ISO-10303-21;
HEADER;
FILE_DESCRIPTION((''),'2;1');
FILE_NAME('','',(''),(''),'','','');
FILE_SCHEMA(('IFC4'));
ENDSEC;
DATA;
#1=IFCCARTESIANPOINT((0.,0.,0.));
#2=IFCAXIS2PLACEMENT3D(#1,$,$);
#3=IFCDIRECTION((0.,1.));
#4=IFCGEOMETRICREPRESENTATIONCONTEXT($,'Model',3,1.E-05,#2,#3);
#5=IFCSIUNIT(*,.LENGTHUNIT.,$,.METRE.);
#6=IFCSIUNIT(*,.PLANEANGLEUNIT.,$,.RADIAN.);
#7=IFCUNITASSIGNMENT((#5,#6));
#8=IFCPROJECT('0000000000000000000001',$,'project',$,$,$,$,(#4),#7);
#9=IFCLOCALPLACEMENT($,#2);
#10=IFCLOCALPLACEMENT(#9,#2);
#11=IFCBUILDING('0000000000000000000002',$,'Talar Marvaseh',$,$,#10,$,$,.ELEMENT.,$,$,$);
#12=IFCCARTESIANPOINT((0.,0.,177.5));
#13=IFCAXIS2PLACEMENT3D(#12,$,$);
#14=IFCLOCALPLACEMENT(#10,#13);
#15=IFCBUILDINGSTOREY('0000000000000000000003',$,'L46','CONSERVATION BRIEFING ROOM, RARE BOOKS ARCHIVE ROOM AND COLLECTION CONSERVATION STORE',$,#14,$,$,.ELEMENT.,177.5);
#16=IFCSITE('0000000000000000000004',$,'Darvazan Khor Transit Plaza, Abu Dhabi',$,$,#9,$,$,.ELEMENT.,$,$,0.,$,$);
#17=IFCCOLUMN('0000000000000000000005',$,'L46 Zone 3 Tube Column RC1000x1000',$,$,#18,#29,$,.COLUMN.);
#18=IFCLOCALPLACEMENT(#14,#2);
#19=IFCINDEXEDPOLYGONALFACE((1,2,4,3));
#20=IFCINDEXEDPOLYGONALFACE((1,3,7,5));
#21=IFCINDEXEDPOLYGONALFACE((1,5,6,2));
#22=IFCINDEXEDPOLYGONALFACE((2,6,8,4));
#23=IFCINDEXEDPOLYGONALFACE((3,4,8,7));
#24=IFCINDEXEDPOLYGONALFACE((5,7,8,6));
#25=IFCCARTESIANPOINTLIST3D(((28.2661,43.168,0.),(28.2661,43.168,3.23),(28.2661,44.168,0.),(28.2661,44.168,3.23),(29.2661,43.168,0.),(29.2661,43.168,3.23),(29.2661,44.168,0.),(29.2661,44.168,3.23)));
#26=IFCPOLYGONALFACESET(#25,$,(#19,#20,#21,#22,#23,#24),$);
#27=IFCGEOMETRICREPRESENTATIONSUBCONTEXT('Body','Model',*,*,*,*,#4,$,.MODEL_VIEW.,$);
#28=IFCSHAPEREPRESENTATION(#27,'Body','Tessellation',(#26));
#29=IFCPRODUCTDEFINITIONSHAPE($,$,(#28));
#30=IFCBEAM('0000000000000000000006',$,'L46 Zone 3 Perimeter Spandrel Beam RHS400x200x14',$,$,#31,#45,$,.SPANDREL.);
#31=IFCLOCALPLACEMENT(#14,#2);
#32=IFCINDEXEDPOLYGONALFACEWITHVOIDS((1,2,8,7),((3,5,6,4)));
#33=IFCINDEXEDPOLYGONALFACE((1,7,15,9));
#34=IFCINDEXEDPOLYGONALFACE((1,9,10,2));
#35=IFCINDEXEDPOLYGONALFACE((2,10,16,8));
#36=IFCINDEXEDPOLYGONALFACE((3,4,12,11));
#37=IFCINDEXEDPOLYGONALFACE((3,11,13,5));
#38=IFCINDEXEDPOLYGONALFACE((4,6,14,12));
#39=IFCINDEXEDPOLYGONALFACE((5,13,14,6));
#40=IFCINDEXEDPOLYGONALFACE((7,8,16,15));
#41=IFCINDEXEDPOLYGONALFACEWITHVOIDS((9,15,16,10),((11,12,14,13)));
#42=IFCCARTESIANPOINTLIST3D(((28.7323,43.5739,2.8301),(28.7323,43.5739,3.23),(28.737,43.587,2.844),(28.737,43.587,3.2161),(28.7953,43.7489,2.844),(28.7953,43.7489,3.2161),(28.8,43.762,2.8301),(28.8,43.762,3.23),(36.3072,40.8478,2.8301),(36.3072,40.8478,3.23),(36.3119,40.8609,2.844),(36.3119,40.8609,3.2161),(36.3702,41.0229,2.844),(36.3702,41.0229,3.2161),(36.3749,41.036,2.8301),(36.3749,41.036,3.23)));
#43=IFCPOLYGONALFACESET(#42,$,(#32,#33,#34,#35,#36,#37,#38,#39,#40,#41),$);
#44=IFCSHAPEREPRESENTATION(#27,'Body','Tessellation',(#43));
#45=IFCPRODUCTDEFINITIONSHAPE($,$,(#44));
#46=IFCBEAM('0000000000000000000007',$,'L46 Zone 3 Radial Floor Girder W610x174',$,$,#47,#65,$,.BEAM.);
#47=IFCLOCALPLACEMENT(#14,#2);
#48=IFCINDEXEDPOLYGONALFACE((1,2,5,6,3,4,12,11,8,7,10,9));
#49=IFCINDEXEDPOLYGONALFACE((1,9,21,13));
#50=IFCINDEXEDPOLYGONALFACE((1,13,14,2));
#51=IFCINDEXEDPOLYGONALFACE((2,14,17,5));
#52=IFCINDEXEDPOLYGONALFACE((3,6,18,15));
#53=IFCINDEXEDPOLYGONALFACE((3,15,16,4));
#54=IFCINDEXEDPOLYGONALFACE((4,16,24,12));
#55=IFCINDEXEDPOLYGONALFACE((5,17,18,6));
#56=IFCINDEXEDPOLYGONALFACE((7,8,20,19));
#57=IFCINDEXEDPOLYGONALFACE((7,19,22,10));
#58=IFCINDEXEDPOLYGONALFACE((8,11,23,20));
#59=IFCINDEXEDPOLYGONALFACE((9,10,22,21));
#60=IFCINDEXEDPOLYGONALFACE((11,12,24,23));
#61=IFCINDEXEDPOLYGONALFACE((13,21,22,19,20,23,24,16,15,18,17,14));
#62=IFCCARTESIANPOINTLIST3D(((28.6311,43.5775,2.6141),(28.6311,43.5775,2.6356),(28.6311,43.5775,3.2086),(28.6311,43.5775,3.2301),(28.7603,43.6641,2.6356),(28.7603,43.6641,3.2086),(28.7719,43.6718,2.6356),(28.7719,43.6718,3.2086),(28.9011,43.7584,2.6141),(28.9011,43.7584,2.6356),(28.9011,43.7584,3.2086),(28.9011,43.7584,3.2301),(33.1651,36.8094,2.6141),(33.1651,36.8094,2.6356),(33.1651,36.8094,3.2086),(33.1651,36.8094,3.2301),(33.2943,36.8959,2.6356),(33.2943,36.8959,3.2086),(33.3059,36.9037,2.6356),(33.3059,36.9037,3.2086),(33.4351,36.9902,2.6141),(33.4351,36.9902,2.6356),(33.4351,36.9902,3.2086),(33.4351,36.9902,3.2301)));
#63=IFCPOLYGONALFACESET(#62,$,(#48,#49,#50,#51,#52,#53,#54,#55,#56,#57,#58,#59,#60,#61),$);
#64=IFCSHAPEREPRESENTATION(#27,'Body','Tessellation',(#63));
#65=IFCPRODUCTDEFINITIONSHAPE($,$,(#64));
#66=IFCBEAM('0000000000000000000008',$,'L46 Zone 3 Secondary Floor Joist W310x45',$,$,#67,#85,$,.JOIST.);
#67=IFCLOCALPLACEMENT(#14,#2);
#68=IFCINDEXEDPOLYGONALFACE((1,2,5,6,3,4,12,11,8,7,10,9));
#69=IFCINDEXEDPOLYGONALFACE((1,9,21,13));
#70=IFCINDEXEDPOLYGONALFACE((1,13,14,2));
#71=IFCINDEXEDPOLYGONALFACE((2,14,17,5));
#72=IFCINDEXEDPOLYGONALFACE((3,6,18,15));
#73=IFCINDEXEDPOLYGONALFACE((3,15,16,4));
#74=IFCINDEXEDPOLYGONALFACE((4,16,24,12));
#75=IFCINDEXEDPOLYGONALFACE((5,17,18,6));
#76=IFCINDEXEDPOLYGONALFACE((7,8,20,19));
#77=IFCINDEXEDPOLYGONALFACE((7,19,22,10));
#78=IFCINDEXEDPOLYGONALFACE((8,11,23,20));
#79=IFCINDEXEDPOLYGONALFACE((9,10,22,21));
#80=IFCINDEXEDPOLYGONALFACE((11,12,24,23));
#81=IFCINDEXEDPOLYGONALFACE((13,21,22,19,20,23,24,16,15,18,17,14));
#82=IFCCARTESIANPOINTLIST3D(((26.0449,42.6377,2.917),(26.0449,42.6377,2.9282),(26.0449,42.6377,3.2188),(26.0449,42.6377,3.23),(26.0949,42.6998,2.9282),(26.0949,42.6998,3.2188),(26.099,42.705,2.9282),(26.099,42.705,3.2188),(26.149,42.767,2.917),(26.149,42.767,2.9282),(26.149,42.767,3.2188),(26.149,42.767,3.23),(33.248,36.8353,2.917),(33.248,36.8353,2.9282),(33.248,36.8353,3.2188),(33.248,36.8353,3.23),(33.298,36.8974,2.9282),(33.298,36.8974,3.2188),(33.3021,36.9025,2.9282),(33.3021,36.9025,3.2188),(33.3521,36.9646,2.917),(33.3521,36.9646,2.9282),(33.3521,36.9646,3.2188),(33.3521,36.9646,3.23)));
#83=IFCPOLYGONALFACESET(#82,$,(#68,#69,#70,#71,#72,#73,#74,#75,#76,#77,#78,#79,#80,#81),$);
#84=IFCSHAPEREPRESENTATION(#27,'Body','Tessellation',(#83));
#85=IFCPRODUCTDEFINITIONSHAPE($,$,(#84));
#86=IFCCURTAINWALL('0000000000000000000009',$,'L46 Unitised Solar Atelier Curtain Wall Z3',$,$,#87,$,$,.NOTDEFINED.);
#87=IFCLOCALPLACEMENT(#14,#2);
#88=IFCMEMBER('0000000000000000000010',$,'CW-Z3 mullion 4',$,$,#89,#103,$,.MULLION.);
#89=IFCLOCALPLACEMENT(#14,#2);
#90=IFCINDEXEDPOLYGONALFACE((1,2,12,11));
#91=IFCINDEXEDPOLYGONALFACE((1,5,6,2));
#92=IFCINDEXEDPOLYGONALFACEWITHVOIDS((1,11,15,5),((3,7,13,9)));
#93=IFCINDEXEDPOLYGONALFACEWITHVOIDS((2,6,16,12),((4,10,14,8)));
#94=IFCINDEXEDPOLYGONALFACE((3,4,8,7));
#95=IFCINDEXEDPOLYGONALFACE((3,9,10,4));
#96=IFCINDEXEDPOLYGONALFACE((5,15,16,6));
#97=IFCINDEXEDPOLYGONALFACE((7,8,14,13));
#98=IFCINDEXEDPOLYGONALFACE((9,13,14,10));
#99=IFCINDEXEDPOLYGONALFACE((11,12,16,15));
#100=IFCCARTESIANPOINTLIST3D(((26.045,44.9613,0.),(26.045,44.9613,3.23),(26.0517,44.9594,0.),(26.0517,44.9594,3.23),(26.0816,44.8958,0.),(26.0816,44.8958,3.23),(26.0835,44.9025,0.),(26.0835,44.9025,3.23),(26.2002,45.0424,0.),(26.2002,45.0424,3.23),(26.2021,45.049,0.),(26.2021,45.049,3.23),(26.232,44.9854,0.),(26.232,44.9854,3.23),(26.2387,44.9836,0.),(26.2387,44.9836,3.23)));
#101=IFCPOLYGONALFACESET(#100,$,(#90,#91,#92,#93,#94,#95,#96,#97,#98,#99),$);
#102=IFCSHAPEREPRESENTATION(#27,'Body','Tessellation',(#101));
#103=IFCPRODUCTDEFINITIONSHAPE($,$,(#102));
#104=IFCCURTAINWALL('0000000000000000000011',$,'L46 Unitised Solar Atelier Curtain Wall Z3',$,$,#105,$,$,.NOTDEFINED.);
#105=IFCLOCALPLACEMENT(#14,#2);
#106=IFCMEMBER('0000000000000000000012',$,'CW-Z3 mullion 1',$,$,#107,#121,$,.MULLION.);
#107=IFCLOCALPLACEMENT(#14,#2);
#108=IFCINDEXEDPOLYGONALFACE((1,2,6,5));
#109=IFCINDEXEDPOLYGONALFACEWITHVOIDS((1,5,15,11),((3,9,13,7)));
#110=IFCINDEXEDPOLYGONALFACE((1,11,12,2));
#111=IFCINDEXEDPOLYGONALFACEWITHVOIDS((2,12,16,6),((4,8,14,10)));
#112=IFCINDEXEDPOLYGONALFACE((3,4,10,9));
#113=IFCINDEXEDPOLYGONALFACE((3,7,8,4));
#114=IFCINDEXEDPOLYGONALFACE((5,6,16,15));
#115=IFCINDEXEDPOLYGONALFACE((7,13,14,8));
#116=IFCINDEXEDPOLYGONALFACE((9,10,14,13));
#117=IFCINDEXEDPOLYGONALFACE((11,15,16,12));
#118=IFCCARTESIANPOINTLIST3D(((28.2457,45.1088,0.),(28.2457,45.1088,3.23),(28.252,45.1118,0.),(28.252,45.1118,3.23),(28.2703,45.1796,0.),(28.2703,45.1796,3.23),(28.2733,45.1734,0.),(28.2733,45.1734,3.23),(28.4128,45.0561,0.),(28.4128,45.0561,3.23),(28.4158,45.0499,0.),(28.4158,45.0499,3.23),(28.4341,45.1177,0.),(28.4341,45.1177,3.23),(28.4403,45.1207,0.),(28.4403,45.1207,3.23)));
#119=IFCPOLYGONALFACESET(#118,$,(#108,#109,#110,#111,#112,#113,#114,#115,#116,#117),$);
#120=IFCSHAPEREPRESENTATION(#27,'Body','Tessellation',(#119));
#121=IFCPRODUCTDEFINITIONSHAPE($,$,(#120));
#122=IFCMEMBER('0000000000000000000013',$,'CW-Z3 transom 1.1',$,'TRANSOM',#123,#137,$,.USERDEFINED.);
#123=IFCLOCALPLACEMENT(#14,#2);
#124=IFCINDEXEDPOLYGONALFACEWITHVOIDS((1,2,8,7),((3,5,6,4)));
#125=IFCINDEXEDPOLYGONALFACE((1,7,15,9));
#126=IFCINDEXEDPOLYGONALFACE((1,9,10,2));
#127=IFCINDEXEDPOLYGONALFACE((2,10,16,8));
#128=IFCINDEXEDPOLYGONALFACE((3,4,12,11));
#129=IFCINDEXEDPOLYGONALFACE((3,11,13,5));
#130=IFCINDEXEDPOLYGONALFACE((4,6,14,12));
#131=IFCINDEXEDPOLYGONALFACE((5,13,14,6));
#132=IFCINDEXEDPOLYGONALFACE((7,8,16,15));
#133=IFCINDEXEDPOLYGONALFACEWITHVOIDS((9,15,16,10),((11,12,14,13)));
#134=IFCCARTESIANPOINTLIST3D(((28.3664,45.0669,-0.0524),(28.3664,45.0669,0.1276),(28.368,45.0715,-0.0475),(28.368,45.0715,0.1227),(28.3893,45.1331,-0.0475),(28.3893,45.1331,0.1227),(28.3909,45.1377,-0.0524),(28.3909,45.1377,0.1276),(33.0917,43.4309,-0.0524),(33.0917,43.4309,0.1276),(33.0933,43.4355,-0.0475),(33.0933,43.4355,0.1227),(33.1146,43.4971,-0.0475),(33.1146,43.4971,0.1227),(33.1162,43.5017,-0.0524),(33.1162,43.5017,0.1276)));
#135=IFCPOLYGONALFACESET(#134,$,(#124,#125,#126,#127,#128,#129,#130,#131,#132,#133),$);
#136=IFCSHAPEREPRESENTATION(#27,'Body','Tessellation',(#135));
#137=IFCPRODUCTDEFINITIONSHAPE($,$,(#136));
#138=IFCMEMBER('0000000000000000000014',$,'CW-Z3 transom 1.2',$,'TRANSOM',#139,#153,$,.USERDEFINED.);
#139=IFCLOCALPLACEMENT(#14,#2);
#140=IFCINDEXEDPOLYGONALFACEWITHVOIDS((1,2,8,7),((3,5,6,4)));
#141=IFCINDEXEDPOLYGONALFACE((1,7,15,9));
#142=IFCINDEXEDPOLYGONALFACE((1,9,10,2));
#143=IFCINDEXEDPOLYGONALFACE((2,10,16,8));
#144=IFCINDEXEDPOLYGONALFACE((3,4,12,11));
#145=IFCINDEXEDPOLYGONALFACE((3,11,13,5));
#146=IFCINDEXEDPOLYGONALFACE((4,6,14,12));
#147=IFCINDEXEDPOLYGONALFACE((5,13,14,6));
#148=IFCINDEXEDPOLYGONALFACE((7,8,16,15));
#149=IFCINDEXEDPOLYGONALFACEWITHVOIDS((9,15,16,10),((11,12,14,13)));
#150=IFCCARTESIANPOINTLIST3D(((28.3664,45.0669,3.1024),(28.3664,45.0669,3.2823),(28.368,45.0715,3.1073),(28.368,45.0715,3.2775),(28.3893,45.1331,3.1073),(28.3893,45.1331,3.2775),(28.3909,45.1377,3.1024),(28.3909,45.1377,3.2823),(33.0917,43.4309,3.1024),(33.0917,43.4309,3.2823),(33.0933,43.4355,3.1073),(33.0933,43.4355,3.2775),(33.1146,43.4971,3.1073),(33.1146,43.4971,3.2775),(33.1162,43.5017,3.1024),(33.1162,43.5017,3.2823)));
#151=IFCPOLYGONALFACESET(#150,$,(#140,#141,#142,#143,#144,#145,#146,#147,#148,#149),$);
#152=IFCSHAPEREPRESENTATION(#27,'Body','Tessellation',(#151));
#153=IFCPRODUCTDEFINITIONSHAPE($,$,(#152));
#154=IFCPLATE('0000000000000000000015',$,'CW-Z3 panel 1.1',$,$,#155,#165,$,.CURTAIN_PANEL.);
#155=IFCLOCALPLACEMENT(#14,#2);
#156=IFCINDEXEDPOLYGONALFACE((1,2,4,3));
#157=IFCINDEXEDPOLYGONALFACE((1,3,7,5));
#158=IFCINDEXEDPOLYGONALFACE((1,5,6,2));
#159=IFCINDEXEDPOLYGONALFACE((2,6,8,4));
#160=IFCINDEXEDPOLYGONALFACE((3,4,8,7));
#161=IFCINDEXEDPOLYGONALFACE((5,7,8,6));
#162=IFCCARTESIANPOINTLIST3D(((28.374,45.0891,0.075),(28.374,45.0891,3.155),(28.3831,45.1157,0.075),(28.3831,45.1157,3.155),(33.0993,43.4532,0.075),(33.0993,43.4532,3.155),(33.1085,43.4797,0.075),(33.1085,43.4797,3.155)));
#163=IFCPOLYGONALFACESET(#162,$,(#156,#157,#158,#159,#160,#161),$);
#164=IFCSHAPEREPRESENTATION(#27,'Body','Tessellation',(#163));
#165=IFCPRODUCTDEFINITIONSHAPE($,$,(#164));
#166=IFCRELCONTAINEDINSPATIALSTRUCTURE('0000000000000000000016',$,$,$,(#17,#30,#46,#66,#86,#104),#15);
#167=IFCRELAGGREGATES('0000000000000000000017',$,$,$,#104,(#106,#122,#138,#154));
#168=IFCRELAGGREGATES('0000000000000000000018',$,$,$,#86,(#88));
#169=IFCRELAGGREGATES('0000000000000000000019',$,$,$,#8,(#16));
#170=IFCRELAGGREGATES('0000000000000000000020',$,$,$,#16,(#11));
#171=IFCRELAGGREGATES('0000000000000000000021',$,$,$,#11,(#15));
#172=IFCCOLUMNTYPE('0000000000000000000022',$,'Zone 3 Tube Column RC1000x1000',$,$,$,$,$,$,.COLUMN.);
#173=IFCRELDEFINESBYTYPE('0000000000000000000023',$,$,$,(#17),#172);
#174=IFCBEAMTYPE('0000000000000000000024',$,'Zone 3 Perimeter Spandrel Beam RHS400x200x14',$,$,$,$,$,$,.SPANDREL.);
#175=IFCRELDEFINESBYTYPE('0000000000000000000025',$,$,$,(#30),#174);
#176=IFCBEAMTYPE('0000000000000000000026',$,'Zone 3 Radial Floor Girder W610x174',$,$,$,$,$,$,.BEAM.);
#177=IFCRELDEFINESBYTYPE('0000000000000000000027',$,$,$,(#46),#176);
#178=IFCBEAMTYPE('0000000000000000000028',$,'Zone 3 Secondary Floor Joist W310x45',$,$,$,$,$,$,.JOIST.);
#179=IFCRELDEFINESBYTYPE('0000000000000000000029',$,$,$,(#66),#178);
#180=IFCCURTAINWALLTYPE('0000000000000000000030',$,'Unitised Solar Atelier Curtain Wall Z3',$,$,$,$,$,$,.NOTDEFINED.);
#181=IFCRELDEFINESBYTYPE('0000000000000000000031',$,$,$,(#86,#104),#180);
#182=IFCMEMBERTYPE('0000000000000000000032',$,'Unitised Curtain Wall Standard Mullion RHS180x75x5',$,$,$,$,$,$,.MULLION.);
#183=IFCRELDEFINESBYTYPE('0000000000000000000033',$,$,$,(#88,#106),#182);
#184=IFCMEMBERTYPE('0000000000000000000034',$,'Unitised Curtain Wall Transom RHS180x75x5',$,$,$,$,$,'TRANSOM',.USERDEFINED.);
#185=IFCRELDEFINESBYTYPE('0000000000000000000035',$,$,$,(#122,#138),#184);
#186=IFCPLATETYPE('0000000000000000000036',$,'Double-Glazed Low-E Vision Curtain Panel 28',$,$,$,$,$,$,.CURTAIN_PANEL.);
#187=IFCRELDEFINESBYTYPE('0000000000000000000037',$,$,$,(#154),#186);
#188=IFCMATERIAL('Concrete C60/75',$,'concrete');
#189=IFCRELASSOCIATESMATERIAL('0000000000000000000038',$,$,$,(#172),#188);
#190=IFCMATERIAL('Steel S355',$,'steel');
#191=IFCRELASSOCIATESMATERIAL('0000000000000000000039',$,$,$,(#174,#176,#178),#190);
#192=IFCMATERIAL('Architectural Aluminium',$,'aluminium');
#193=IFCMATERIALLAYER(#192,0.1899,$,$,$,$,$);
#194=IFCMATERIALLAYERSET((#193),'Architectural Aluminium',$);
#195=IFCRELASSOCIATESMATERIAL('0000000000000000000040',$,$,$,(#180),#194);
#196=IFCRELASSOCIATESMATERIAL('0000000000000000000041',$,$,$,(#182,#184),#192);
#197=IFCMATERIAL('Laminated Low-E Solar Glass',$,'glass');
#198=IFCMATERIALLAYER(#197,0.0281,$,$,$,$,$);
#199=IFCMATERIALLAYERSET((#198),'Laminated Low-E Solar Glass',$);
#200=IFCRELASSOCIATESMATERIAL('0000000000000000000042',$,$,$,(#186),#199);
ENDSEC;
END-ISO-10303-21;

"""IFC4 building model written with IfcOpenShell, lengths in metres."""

from ifc_helpers import new_model, si_unit, direction, frame, origin, origin_2d, place, context, subcontext, project, spatial, rectangle, hollow_rectangle, i_section, extrude, source, transform, mapped, material, layer, layer_set, material_profile, profile_set, type_object, type_shapes, element, aggregate, save


model = new_model("IFC4")

# Units and contexts
model_context = context("Model", 3, precision=1e-05, world=origin(), true_north=direction((0.0, 1.0)))
body_context = subcontext(model_context, "Body", "Model", "MODEL_VIEW")
ifc_project = project(units=[si_unit("LENGTHUNIT", "METRE"), si_unit("PLANEANGLEUNIT", "RADIAN")], contexts=[model_context])

# Site, building, storey
site_placement = place(None, origin())
site = spatial("IfcSite", under=ifc_project, at=site_placement, Name="Darvazan Khor Transit Plaza, Abu Dhabi", CompositionType="ELEMENT", RefElevation=0.0)
building_placement = place(site_placement, origin())
building = spatial("IfcBuilding", under=site, at=building_placement, Name="Talar Marvaseh", CompositionType="ELEMENT")
storey_placement = place(building_placement, frame((0.0, 0.0, 177.5)))
storey = spatial("IfcBuildingStorey", under=building, at=storey_placement, Name="L46", Description="CONSERVATION BRIEFING ROOM, RARE BOOKS ARCHIVE ROOM AND COLLECTION CONSERVATION STORE", CompositionType="ELEMENT", Elevation=177.5)

# Column
ifc_material_1 = material(Name="Concrete C60/75", Category="concrete")
ifc_material_profile_1 = material_profile(ifc_material_1, rectangle(XDim=1.0, YDim=1.0, at=origin_2d()), Name="RC1000x1000")
ifc_profile_set_1 = profile_set([ifc_material_profile_1], Name="Concrete C60/75")
column_type = type_object("IfcColumnType", Name="Zone 3 Tube Column RC1000x1000", PredefinedType="COLUMN", material=ifc_profile_set_1)
column_placement = place(storey_placement, frame((28.7661, 43.668, 0.0), z_axis=(0.0, 0.0, 1.0), x_axis=(1.0, 0.0, 0.0)))
element("IfcColumn", 1, at=column_placement, inside=storey, type_object=column_type, Name="L46 Zone 3 Tube Column RC1000x1000", PredefinedType="COLUMN", context=body_context, shape_type="SweptSolid", body=[
    extrude(rectangle(XDim=1.0, YDim=1.0, at=origin_2d()), origin(), (0.0, 0.0, 1.0), 3.23),
])

# Beams
ifc_material_2 = material(Name="Steel S355", Category="steel")
ifc_material_profile_2 = material_profile(ifc_material_2, hollow_rectangle(XDim=0.2, YDim=0.3999, WallThickness=0.0139, at=origin_2d()), Name="RHS400x200x14")
ifc_profile_set_2 = profile_set([ifc_material_profile_2], Name="Steel S355")
beam_type_1 = type_object("IfcBeamType", Name="Zone 3 Perimeter Spandrel Beam RHS400x200x14", PredefinedType="SPANDREL", material=ifc_profile_set_2)
beam_1_placement = place(storey_placement, frame((28.7661, 43.668, 3.03), z_axis=(0.940923, -0.33862, 0.0), x_axis=(0.33862, 0.940923, 0.0)))
element("IfcBeam", 2, at=beam_1_placement, inside=storey, type_object=beam_type_1, Name="L46 Zone 3 Perimeter Spandrel Beam RHS400x200x14", PredefinedType="SPANDREL", context=body_context, shape_type="SweptSolid", body=[
    extrude(hollow_rectangle(XDim=0.2, YDim=0.3999, WallThickness=0.0139, at=origin_2d()), origin(), (0.0, 0.0, 1.0), 8.0505),
])
ifc_material_profile_3 = material_profile(ifc_material_2, i_section(OverallWidth=0.325, OverallDepth=0.616, WebThickness=0.0139, FlangeThickness=0.0215, at=origin_2d()), Name="W610x174")
ifc_profile_set_3 = profile_set([ifc_material_profile_3], Name="Steel S355")
beam_type_2 = type_object("IfcBeamType", Name="Zone 3 Radial Floor Girder W610x174", PredefinedType="BEAM", material=ifc_profile_set_3)
beam_2_placement = place(storey_placement, frame((28.7661, 43.668, 2.9221), z_axis=(0.556559, -0.830808, 0.0), x_axis=(0.830808, 0.556559, 0.0)))
element("IfcBeam", 3, at=beam_2_placement, inside=storey, type_object=beam_type_2, Name="L46 Zone 3 Radial Floor Girder W610x174", PredefinedType="BEAM", context=body_context, shape_type="SweptSolid", body=[
    extrude(i_section(OverallWidth=0.325, OverallDepth=0.616, WebThickness=0.0139, FlangeThickness=0.0215, at=origin_2d()), origin(), (0.0, 0.0, 1.0), 8.1465),
])
ifc_material_profile_4 = material_profile(ifc_material_2, i_section(OverallWidth=0.166, OverallDepth=0.313, WebThickness=0.0066, FlangeThickness=0.0112, at=origin_2d()), Name="W310x45")
ifc_profile_set_4 = profile_set([ifc_material_profile_4], Name="Steel S355")
beam_type_3 = type_object("IfcBeamType", Name="Zone 3 Secondary Floor Joist W310x45", PredefinedType="JOIST", material=ifc_profile_set_4)
beam_3_placement = place(storey_placement, frame((26.0969, 42.7024, 3.0735), z_axis=(0.778755, -0.627328, 0.0), x_axis=(0.627328, 0.778755, 0.0)))
element("IfcBeam", 4, at=beam_3_placement, inside=storey, type_object=beam_type_3, Name="L46 Zone 3 Secondary Floor Joist W310x45", PredefinedType="JOIST", context=body_context, shape_type="SweptSolid", body=[
    extrude(i_section(OverallWidth=0.166, OverallDepth=0.313, WebThickness=0.0066, FlangeThickness=0.0112, at=origin_2d()), origin(), (0.0, 0.0, 1.0), 9.2495),
])

# Curtain wall, member
ifc_material_3 = material(Name="Architectural Aluminium", Category="aluminium")
ifc_layer_1 = layer(ifc_material_3, 0.1899)
ifc_layer_set_1 = layer_set([ifc_layer_1], Name="Architectural Aluminium")
curtain_wall_type = type_object("IfcCurtainWallType", Name="Unitised Solar Atelier Curtain Wall Z3", PredefinedType="NOTDEFINED", material=ifc_layer_set_1)
curtain_wall_1_placement = place(storey_placement, origin())
curtain_wall_1 = element("IfcCurtainWall", 5, at=curtain_wall_1_placement, inside=storey, type_object=curtain_wall_type, Name="L46 Unitised Solar Atelier Curtain Wall Z3", PredefinedType="NOTDEFINED")
ifc_material_profile_5 = material_profile(ifc_material_3, hollow_rectangle(XDim=0.075, YDim=0.1799, WallThickness=0.0049, at=origin_2d()), Name="RHS180x75x5")
ifc_profile_set_5 = profile_set([ifc_material_profile_5], Name="Architectural Aluminium")
member_type_1 = type_object("IfcMemberType", Name="Unitised Curtain Wall Standard Mullion RHS180x75x5", PredefinedType="MULLION", material=ifc_profile_set_5)
shared_shape_1 = source(origin(), body_context, "Body", "SweptSolid", [
    extrude(hollow_rectangle(XDim=0.075, YDim=0.1799, WallThickness=0.0049, at=origin_2d()), origin(), (0.0, 0.0, 1.0), 3.23),
])
type_shapes(member_type_1, [shared_shape_1])
member_1_placement = place(storey_placement, frame((26.1418, 44.9724, 0.0), z_axis=(0.0, 0.0, 1.0), x_axis=(-0.487589, 0.873073, 0.0)))
member_1 = element("IfcMember", 6, at=member_1_placement, type_object=member_type_1, Name="CW-Z3 mullion 4", PredefinedType="MULLION", context=body_context, shape_type="MappedRepresentation", body=[
    mapped(shared_shape_1, transform((0.0, 0.0, 0.0), x_axis=(1.0, 0.0, 0.0), y_axis=(0.0, 1.0, 0.0), z_axis=(0.0, 0.0, 1.0), scale=1.0)),
])

# Curtain wall, members, plate
curtain_wall_2_placement = place(storey_placement, origin())
curtain_wall_2 = element("IfcCurtainWall", 7, at=curtain_wall_2_placement, inside=storey, type_object=curtain_wall_type, Name="L46 Unitised Solar Atelier Curtain Wall Z3", PredefinedType="NOTDEFINED")
member_2_placement = place(storey_placement, frame((28.343, 45.1147, 0.0), z_axis=(0.0, 0.0, 1.0), x_axis=(0.327157, 0.94497, 0.0)))
member_2 = element("IfcMember", 8, at=member_2_placement, type_object=member_type_1, Name="CW-Z3 mullion 1", PredefinedType="MULLION", context=body_context, shape_type="MappedRepresentation", body=[
    mapped(shared_shape_1, transform((0.0, 0.0, 0.0), x_axis=(1.0, 0.0, 0.0), y_axis=(0.0, 1.0, 0.0), z_axis=(0.0, 0.0, 1.0), scale=1.0)),
])
ifc_material_profile_6 = material_profile(ifc_material_3, hollow_rectangle(XDim=0.075, YDim=0.1799, WallThickness=0.0049, at=origin_2d()), Name="RHS180x75x5")
ifc_profile_set_6 = profile_set([ifc_material_profile_6], Name="Architectural Aluminium")
member_type_2 = type_object("IfcMemberType", Name="Unitised Curtain Wall Transom RHS180x75x5", ElementType="TRANSOM", PredefinedType="USERDEFINED", material=ifc_profile_set_6)
shared_shape_2 = source(origin(), body_context, "Body", "SweptSolid", [
    extrude(hollow_rectangle(XDim=0.075, YDim=0.1799, WallThickness=0.0049, at=origin_2d()), origin(), (0.0, 0.0, 1.0), 5.0005),
])
type_shapes(member_type_2, [shared_shape_2])
member_3_placement = place(storey_placement, frame((28.3787, 45.1023, 0.0376), z_axis=(0.944968, -0.327163, 0.0), x_axis=(0.327163, 0.944968, 0.0)))
member_3 = element("IfcMember", 9, at=member_3_placement, type_object=member_type_2, Name="CW-Z3 transom 1.1", ObjectType="TRANSOM", PredefinedType="USERDEFINED", context=body_context, shape_type="MappedRepresentation", body=[
    mapped(shared_shape_2, transform((0.0, 0.0, 0.0), x_axis=(1.0, 0.0, 0.0), y_axis=(0.0, 1.0, 0.0), z_axis=(0.0, 0.0, 1.0), scale=1.0)),
])
member_4_placement = place(storey_placement, frame((28.3787, 45.1023, 3.1924), z_axis=(0.944968, -0.327163, 0.0), x_axis=(0.327163, 0.944968, 0.0)))
member_4 = element("IfcMember", 10, at=member_4_placement, type_object=member_type_2, Name="CW-Z3 transom 1.2", ObjectType="TRANSOM", PredefinedType="USERDEFINED", context=body_context, shape_type="MappedRepresentation", body=[
    mapped(shared_shape_2, transform((0.0, 0.0, 0.0), x_axis=(1.0, 0.0, 0.0), y_axis=(0.0, 1.0, 0.0), z_axis=(0.0, 0.0, 1.0), scale=1.0)),
])
ifc_material_4 = material(Name="Laminated Low-E Solar Glass", Category="glass")
ifc_layer_2 = layer(ifc_material_4, 0.0281)
ifc_layer_set_2 = layer_set([ifc_layer_2], Name="Laminated Low-E Solar Glass")
plate_type = type_object("IfcPlateType", Name="Double-Glazed Low-E Vision Curtain Panel 28", PredefinedType="CURTAIN_PANEL", material=ifc_layer_set_2)
shared_shape_3 = source(origin(), body_context, "Body", "SweptSolid", [
    extrude(rectangle(XDim=5.0005, YDim=0.0281, at=origin_2d()), origin(), (0.0, 0.0, 1.0), 3.0801),
])
plate_1_placement = place(storey_placement, frame((30.7412, 44.2844, 0.075), z_axis=(0.0, 0.0, 1.0), x_axis=(0.94497, -0.327157, 0.0)))
plate_1 = element("IfcPlate", 11, at=plate_1_placement, type_object=plate_type, Name="CW-Z3 panel 1.1", PredefinedType="CURTAIN_PANEL", context=body_context, shape_type="MappedRepresentation", body=[
    mapped(shared_shape_3, transform((0.0, 0.0, 0.0), x_axis=(1.0, 0.0, 0.0), y_axis=(0.0, 1.0, 0.0), z_axis=(0.0, 0.0, 1.0), scale=1.0)),
])
aggregate(curtain_wall_2, [member_2, member_3, member_4, plate_1])

aggregate(curtain_wall_1, [member_1])

save(model, "model.ifc")
